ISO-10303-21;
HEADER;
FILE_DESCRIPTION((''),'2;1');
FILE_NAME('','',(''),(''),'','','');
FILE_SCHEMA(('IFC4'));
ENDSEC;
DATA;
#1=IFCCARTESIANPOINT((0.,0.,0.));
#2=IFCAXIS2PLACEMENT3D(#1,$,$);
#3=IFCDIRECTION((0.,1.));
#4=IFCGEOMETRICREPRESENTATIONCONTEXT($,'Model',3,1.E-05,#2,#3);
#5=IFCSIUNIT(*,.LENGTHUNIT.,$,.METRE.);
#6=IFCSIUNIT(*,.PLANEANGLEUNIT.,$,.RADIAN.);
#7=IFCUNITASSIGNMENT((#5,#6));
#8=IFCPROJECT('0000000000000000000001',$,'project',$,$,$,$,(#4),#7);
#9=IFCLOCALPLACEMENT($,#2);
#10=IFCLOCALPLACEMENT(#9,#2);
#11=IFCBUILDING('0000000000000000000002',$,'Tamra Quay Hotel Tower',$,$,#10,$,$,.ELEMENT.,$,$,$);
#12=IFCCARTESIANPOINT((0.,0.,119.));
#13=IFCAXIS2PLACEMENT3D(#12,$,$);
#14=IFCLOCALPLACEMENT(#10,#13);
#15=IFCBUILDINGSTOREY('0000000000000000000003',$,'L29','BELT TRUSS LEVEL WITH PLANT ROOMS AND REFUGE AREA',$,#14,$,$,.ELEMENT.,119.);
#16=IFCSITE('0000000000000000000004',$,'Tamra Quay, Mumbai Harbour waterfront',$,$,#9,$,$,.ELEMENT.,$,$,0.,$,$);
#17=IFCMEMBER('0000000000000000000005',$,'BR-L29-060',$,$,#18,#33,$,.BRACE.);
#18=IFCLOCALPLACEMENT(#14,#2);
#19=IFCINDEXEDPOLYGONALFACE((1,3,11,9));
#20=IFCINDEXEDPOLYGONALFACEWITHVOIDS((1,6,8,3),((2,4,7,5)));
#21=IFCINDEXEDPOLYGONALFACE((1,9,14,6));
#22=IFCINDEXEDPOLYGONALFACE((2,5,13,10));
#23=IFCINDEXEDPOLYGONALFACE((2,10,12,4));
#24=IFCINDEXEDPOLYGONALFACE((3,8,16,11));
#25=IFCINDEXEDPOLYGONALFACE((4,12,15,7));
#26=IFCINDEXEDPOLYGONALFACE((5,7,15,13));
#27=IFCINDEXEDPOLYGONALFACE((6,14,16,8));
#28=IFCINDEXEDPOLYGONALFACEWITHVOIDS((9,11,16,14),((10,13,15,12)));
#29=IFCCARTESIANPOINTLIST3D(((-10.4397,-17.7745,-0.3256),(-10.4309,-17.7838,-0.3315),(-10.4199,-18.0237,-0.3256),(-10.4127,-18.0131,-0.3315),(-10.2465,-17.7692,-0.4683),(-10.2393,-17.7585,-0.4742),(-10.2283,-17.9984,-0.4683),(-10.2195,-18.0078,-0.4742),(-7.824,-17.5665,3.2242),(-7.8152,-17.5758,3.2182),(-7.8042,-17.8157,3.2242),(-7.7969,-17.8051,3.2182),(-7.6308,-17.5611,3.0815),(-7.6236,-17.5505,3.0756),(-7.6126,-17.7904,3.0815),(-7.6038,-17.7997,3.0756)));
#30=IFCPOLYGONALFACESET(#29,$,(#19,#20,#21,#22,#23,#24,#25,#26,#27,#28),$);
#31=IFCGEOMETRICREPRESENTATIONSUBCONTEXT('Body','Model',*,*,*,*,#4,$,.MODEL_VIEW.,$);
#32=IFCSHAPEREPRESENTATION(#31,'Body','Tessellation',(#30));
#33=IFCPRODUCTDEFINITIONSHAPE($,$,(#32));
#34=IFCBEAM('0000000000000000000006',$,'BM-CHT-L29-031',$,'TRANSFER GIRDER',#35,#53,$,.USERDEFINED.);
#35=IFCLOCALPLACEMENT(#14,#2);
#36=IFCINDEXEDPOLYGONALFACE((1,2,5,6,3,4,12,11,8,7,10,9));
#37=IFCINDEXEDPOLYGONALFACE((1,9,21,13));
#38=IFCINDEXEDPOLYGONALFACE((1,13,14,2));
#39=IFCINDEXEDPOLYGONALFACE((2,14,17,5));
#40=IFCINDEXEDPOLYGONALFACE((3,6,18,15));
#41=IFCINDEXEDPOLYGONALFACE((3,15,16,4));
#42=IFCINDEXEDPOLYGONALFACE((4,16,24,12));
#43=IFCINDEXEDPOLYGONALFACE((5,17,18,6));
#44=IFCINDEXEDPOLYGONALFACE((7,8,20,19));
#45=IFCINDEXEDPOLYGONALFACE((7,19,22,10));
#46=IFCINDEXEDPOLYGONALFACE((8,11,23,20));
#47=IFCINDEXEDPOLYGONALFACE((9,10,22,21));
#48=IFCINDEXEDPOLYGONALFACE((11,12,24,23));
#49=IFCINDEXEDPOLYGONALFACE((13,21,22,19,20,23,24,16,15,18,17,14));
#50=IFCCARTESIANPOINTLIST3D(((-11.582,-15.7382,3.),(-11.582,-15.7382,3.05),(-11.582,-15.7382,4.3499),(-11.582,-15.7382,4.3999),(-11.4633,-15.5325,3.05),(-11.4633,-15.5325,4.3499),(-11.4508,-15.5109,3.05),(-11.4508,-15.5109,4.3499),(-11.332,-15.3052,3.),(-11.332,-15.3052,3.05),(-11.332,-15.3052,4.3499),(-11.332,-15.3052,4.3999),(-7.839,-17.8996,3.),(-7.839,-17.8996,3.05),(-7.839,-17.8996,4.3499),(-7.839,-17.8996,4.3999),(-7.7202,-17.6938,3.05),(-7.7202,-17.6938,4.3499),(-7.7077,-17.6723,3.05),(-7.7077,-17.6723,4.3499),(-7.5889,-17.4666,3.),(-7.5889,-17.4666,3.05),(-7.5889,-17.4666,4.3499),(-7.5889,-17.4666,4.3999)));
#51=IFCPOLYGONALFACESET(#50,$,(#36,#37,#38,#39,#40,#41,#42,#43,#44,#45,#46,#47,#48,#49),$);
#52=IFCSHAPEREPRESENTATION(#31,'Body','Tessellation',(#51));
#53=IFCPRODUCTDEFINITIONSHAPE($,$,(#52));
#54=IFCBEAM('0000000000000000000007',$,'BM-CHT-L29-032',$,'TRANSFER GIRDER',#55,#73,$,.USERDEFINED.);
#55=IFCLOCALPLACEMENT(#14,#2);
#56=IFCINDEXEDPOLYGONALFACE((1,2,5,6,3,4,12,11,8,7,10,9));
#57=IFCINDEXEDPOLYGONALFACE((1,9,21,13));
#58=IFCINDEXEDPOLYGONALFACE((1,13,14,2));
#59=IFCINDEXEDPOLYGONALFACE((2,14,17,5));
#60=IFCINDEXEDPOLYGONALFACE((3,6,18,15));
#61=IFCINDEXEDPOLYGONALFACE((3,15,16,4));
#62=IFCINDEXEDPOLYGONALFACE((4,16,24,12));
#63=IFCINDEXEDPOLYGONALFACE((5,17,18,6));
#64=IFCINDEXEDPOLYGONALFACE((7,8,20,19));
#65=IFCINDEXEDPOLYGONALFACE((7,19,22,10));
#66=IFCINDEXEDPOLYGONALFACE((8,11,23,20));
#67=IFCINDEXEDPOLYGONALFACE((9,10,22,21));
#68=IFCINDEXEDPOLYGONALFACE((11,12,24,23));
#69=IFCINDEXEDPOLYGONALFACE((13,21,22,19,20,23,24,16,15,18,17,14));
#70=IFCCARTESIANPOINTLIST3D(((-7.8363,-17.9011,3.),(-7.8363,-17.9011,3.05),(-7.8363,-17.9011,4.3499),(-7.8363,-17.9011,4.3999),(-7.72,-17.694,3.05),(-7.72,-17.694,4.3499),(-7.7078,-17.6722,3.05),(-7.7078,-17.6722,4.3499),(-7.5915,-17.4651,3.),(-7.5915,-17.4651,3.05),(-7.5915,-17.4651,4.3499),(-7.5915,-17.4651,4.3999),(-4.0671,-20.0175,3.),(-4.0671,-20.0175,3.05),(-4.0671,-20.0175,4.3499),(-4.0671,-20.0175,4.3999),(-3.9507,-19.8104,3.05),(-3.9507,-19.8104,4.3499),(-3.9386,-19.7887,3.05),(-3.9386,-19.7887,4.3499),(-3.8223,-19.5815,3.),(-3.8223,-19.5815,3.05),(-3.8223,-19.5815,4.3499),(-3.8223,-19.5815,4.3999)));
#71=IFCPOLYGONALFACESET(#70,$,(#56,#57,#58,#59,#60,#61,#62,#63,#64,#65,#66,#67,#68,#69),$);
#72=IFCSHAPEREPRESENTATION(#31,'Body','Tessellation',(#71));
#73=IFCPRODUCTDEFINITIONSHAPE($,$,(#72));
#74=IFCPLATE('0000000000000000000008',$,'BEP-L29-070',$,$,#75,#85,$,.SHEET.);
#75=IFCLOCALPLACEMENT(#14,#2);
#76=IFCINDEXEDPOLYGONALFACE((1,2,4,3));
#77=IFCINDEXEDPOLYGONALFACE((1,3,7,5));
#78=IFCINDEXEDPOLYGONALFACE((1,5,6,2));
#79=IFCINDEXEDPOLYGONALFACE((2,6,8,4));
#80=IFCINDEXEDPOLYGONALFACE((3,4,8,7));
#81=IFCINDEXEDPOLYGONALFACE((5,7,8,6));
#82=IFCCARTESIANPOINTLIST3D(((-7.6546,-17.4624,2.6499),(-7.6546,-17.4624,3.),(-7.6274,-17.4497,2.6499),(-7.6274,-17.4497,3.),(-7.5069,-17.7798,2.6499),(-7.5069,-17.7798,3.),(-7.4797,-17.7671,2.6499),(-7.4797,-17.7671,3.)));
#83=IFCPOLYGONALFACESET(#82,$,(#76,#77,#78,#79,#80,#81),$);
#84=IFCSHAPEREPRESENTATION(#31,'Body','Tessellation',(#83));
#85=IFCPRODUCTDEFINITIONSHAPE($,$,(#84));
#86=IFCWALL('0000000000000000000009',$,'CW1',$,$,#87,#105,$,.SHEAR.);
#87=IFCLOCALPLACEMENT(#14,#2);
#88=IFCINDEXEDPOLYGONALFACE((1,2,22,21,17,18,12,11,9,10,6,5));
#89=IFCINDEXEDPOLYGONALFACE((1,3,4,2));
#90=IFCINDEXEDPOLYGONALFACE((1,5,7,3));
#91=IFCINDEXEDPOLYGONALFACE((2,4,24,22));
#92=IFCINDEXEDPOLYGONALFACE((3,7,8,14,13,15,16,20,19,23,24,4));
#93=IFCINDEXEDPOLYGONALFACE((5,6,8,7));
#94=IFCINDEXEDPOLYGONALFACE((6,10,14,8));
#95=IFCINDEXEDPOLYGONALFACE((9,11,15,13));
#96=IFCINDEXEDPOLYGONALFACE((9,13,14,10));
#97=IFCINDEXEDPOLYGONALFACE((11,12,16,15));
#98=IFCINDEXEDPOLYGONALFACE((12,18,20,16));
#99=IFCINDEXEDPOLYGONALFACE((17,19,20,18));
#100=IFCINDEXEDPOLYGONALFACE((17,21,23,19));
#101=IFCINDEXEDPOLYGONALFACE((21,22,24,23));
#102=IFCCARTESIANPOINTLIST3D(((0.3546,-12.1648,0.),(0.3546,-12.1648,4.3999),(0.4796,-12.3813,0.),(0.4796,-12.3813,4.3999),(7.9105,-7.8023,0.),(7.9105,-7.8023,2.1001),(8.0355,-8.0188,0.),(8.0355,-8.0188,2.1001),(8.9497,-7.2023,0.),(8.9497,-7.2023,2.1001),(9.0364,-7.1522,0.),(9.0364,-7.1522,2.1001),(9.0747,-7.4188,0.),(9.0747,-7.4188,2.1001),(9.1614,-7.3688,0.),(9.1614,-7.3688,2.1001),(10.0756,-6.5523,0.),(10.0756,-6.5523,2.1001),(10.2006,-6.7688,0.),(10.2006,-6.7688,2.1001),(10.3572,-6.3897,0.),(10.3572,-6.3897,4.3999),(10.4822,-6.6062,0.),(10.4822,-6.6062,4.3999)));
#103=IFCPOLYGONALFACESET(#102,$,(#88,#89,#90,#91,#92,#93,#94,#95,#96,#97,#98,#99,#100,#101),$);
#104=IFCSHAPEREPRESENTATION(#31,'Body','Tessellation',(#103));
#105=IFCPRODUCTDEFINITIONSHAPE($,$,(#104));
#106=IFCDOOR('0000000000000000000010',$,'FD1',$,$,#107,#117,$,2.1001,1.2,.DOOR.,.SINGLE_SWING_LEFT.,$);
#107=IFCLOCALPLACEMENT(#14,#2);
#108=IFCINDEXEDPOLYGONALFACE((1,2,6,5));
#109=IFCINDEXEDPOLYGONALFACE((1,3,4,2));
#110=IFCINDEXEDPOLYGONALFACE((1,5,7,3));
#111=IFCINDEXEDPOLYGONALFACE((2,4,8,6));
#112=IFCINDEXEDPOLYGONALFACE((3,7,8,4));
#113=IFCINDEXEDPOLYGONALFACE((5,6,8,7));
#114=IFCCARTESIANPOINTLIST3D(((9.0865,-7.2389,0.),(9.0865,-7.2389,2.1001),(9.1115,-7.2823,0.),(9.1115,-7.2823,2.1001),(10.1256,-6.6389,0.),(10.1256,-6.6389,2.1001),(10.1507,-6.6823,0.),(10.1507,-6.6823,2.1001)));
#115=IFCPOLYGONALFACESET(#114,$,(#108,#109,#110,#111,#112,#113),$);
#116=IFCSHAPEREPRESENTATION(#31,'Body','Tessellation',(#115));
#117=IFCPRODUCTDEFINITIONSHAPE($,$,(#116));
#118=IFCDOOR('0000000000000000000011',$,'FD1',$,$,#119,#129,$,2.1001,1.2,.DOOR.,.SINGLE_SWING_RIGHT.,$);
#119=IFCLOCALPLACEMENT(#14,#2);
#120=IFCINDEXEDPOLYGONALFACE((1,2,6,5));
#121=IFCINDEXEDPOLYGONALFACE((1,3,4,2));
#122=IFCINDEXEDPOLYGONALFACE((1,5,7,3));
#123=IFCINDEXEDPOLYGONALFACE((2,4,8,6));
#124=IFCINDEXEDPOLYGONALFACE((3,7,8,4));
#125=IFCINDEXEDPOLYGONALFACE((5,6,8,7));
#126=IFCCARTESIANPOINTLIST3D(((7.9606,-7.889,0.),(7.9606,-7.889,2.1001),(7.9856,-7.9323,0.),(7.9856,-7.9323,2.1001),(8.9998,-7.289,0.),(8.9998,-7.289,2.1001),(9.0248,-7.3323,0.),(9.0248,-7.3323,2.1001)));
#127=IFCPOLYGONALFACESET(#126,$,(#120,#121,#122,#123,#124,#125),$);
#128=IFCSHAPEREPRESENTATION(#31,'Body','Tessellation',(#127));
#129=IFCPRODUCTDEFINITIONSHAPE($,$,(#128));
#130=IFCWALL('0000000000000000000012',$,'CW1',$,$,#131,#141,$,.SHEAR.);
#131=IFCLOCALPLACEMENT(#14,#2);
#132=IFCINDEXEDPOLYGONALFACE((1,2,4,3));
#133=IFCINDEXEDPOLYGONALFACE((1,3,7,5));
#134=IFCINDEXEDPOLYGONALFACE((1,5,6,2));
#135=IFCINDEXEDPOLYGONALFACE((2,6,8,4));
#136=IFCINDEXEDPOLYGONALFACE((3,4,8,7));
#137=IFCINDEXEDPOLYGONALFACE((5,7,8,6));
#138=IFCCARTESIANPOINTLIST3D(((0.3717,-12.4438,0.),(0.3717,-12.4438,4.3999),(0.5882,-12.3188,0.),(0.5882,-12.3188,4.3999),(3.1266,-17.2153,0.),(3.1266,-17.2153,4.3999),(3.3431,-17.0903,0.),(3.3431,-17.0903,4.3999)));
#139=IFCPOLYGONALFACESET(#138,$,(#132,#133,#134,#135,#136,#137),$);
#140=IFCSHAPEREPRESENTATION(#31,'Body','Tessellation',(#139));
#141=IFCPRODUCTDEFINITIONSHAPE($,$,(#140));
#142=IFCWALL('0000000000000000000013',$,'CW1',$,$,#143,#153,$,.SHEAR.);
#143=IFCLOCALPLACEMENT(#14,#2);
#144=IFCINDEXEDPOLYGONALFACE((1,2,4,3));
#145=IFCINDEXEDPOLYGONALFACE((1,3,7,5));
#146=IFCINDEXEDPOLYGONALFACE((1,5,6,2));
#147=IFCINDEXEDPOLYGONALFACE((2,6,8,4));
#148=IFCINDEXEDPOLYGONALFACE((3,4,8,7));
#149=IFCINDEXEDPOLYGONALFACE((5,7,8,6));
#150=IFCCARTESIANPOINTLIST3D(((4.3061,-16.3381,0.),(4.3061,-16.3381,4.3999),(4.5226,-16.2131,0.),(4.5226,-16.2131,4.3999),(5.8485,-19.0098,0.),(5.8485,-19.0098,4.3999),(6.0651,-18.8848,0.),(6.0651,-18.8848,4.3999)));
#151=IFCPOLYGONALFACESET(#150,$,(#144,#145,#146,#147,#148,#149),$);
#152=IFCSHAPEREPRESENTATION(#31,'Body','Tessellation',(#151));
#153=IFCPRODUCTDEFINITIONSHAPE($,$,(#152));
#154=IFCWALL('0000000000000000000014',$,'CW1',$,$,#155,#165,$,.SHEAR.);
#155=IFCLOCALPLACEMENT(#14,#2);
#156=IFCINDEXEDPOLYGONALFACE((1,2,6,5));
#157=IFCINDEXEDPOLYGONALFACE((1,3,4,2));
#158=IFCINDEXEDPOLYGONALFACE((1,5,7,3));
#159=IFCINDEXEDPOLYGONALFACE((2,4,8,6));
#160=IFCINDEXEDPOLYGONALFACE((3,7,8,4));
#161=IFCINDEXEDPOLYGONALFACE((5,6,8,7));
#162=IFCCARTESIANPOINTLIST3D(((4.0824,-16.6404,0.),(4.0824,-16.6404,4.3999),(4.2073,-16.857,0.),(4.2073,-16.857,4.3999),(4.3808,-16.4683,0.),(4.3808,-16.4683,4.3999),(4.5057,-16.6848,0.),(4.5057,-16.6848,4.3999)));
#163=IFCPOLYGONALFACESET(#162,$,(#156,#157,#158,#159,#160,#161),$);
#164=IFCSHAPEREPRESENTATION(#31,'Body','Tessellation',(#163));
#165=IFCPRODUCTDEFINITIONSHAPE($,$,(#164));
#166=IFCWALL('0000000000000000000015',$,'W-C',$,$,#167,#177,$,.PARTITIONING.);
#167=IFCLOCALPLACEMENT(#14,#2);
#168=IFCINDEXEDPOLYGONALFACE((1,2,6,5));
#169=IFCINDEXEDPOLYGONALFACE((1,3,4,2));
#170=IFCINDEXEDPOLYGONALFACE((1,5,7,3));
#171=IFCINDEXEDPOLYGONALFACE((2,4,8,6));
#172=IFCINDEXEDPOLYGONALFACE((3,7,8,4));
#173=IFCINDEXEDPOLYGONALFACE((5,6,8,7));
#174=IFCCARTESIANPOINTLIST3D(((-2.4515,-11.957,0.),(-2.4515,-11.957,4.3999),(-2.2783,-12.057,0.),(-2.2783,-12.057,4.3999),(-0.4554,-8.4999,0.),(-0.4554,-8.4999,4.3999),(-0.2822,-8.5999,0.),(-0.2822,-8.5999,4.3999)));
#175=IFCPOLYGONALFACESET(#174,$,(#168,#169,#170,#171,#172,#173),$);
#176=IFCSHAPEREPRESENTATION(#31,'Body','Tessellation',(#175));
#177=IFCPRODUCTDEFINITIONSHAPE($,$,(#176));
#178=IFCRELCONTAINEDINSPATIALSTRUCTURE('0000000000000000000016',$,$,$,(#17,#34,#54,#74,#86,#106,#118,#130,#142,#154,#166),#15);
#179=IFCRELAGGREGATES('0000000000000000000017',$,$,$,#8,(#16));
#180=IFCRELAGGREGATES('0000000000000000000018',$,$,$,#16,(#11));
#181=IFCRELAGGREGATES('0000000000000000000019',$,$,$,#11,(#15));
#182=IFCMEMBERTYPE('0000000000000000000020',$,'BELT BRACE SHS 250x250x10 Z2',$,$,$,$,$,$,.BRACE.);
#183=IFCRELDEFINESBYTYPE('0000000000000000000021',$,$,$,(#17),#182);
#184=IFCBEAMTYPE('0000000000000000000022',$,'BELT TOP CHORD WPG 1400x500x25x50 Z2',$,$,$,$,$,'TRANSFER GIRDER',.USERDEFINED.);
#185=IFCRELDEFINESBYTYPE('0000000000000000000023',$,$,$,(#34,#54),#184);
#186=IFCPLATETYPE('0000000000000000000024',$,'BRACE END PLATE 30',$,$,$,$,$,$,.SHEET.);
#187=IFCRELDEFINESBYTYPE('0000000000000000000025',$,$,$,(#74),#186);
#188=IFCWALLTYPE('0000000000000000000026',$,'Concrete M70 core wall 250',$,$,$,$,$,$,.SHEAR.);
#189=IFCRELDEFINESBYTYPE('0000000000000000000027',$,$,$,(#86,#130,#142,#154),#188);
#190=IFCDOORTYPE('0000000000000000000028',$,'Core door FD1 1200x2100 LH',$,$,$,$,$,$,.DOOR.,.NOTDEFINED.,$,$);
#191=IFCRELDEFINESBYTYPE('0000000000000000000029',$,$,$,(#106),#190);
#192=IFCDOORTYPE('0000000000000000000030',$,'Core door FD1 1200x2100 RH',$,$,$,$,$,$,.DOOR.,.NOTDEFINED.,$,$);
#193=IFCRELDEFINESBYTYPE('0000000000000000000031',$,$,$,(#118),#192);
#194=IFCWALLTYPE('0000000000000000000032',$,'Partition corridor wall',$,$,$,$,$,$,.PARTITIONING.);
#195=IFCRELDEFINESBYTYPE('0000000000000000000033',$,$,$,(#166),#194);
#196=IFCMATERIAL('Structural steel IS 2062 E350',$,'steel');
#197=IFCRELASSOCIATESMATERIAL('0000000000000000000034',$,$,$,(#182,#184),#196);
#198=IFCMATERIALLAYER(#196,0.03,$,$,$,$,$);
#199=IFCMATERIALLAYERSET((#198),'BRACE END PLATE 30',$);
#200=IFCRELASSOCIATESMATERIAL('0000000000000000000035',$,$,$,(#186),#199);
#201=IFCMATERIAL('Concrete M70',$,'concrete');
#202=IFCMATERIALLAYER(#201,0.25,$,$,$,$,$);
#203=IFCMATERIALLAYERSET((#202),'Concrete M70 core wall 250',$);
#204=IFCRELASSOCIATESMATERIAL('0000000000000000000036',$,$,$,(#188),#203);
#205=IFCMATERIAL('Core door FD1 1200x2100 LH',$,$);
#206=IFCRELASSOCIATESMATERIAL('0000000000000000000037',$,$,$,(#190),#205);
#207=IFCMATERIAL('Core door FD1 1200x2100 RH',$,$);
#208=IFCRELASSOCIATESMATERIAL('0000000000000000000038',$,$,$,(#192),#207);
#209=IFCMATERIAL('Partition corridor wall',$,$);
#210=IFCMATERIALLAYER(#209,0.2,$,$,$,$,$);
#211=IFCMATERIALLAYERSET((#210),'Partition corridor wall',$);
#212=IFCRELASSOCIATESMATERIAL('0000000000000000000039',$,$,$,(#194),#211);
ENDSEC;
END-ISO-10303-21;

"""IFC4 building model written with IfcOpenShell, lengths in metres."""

from ifc_helpers import new_model, si_unit, direction, frame, frame_2d, origin, origin_2d, place, context, subcontext, project, spatial, rectangle, hollow_rectangle, i_section, extrude, material, layer, layer_set, material_profile, profile_set, type_object, element, fill, save


model = new_model("IFC4")

# Units and contexts
model_context = context("Model", 3, precision=1e-05, world=origin(), true_north=direction((0.0, 1.0)))
body_context = subcontext(model_context, "Body", "Model", "MODEL_VIEW")
ifc_project = project(units=[si_unit("LENGTHUNIT", "METRE"), si_unit("PLANEANGLEUNIT", "RADIAN")], contexts=[model_context])

# Site, building, storey
site_placement = place(None, origin())
site = spatial("IfcSite", under=ifc_project, at=site_placement, Name="Tamra Quay, Mumbai Harbour waterfront", CompositionType="ELEMENT", RefElevation=0.0)
building_placement = place(site_placement, origin())
building = spatial("IfcBuilding", under=site, at=building_placement, Name="Tamra Quay Hotel Tower", CompositionType="ELEMENT")
storey_placement = place(building_placement, frame((0.0, 0.0, 119.0)))
storey = spatial("IfcBuildingStorey", under=building, at=storey_placement, Name="L29", Description="BELT TRUSS LEVEL WITH PLANT ROOMS AND REFUGE AREA", CompositionType="ELEMENT", Elevation=119.0)

# Member
ifc_material_1 = material(Name="Structural steel IS 2062 E350", Category="steel")
ifc_material_profile_1 = material_profile(ifc_material_1, hollow_rectangle(XDim=0.25, YDim=0.25, WallThickness=0.01, at=origin_2d()), Name="SHS 250x250x10")
ifc_profile_set_1 = profile_set([ifc_material_profile_1], Name="Structural steel IS 2062 E350")
member_type = type_object("IfcMemberType", Name="BELT BRACE SHS 250x250x10 Z2", PredefinedType="BRACE", material=ifc_profile_set_1)
member_placement = place(storey_placement, frame((-10.3296, -17.8911, -0.3999), z_axis=(0.592551, 0.047121, 0.804153), x_axis=(-0.079272, 0.996853, 0.0)))
element("IfcMember", 1, at=member_placement, inside=storey, type_object=member_type, Name="BR-L29-060", PredefinedType="BRACE", context=body_context, shape_type="SweptSolid", body=[
    extrude(hollow_rectangle(XDim=0.25, YDim=0.25, WallThickness=0.01, at=origin_2d()), origin(), (0.0, 0.0, 1.0), 4.4143),
])

# Beams
ifc_material_profile_2 = material_profile(ifc_material_1, i_section(OverallWidth=0.5, OverallDepth=1.3999, WebThickness=0.0249, FlangeThickness=0.05, at=origin_2d()), Name="WPG 1400x500x25x50")
ifc_profile_set_2 = profile_set([ifc_material_profile_2], Name="Structural steel IS 2062 E350")
beam_type = type_object("IfcBeamType", Name="BELT TOP CHORD WPG 1400x500x25x50 Z2", ElementType="TRANSFER GIRDER", PredefinedType="USERDEFINED", material=ifc_profile_set_2)
beam_1_placement = place(storey_placement, frame((-11.457, -15.5217, 3.7), z_axis=(0.865999, -0.500045, 0.0), x_axis=(0.500045, 0.865999, 0.0)))
element("IfcBeam", 2, at=beam_1_placement, inside=storey, type_object=beam_type, Name="BM-CHT-L29-031", ObjectType="TRANSFER GIRDER", PredefinedType="USERDEFINED", context=body_context, shape_type="SweptSolid", body=[
    extrude(i_section(OverallWidth=0.5, OverallDepth=1.3999, WebThickness=0.0249, FlangeThickness=0.05, at=origin_2d()), origin(), (0.0, 0.0, 1.0), 4.3223),
])
beam_2_placement = place(storey_placement, frame((-7.7139, -17.6831, 3.7), z_axis=(0.871948, -0.489599, 0.0), x_axis=(0.489599, 0.871948, 0.0)))
element("IfcBeam", 3, at=beam_2_placement, inside=storey, type_object=beam_type, Name="BM-CHT-L29-032", ObjectType="TRANSFER GIRDER", PredefinedType="USERDEFINED", context=body_context, shape_type="SweptSolid", body=[
    extrude(i_section(OverallWidth=0.5, OverallDepth=1.3999, WebThickness=0.0249, FlangeThickness=0.05, at=origin_2d()), origin(), (0.0, 0.0, 1.0), 4.3228),
])

# Plate
ifc_layer_1 = layer(ifc_material_1, 0.03)
ifc_layer_set_1 = layer_set([ifc_layer_1], Name="BRACE END PLATE 30")
plate_type = type_object("IfcPlateType", Name="BRACE END PLATE 30", PredefinedType="SHEET", material=ifc_layer_set_1)
plate_placement = place(storey_placement, frame((-7.5671, -17.6147, 2.6499), z_axis=(0.0, 0.0, 1.0), x_axis=(0.906641, 0.421903, 0.0)))
element("IfcPlate", 4, at=plate_placement, inside=storey, type_object=plate_type, Name="BEP-L29-070", PredefinedType="SHEET", context=body_context, shape_type="SweptSolid", body=[
    extrude(rectangle(XDim=0.03, YDim=0.3501, at=origin_2d()), origin(), (0.0, 0.0, 1.0), 0.3501),
])

# Wall, openings, doors
ifc_material_2 = material(Name="Concrete M70", Category="concrete")
ifc_layer_2 = layer(ifc_material_2, 0.25)
ifc_layer_set_2 = layer_set([ifc_layer_2], Name="Concrete M70 core wall 250")
wall_type_1 = type_object("IfcWallType", Name="Concrete M70 core wall 250", PredefinedType="SHEAR", material=ifc_layer_set_2)
wall_1_placement = place(storey_placement, frame((0.4172, -12.2729, 0.0), z_axis=(0.0, 0.0, 1.0), x_axis=(0.866022, 0.500006, 0.0)))
wall_1 = element("IfcWall", 5, at=wall_1_placement, inside=storey, type_object=wall_type_1, Name="CW1", PredefinedType="SHEAR", context=body_context, shape_type="SweptSolid", body=[
    extrude(rectangle(XDim=11.55, YDim=0.25, at=frame_2d((5.7749, 0.0))), origin(), (0.0, 0.0, 1.0), 4.3999),
])
opening_1_placement = place(wall_1_placement, frame((10.0247, 0.0, 0.0)))
opening_1 = element("IfcOpeningElement", 6, at=opening_1_placement, cuts=wall_1, PredefinedType="OPENING", context=body_context, shape_type="SweptSolid", body=[
    extrude(rectangle(XDim=1.2, YDim=2.1001, at=frame_2d((0.6001, 1.05))), frame((0.0, 0.135, 0.0), z_axis=(0.0, -1.0, 0.0), x_axis=(1.0, 0.0, 0.0)), (0.0, 0.0, 1.0), 0.27),
])
opening_2_placement = place(wall_1_placement, frame((8.7246, 0.0, 0.0)))
opening_2 = element("IfcOpeningElement", 7, at=opening_2_placement, cuts=wall_1, PredefinedType="OPENING", context=body_context, shape_type="SweptSolid", body=[
    extrude(rectangle(XDim=1.2, YDim=2.1001, at=frame_2d((0.6001, 1.05))), frame((0.0, 0.135, 0.0), z_axis=(0.0, -1.0, 0.0), x_axis=(1.0, 0.0, 0.0)), (0.0, 0.0, 1.0), 0.27),
])
ifc_material_3 = material(Name="Core door FD1 1200x2100 LH")
door_type_1 = type_object("IfcDoorType", Name="Core door FD1 1200x2100 LH", OperationType="NOTDEFINED", PredefinedType="DOOR", material=ifc_material_3)
door_1_placement = place(opening_1_placement, origin())
door_1 = element("IfcDoor", 8, at=door_1_placement, inside=storey, type_object=door_type_1, Name="FD1", OperationType="SINGLE_SWING_LEFT", OverallHeight=2.1001, OverallWidth=1.2, PredefinedType="DOOR", context=body_context, shape_type="SweptSolid", body=[
    extrude(rectangle(XDim=1.2, YDim=2.1001, at=frame_2d((0.6001, 1.05))), frame((0.0, 0.0249, 0.0), z_axis=(0.0, -1.0, 0.0), x_axis=(1.0, 0.0, 0.0)), (0.0, 0.0, 1.0), 0.05),
])
fill(opening_1, door_1)
ifc_material_4 = material(Name="Core door FD1 1200x2100 RH")
door_type_2 = type_object("IfcDoorType", Name="Core door FD1 1200x2100 RH", OperationType="NOTDEFINED", PredefinedType="DOOR", material=ifc_material_4)
door_2_placement = place(opening_2_placement, origin())
door_2 = element("IfcDoor", 9, at=door_2_placement, inside=storey, type_object=door_type_2, Name="FD1", OperationType="SINGLE_SWING_RIGHT", OverallHeight=2.1001, OverallWidth=1.2, PredefinedType="DOOR", context=body_context, shape_type="SweptSolid", body=[
    extrude(rectangle(XDim=1.2, YDim=2.1001, at=frame_2d((0.6001, 1.05))), frame((0.0, 0.0249, 0.0), z_axis=(0.0, -1.0, 0.0), x_axis=(1.0, 0.0, 0.0)), (0.0, 0.0, 1.0), 0.05),
])
fill(opening_2, door_2)

# Walls
wall_2_placement = place(storey_placement, frame((3.2349, -17.1528, 0.0), z_axis=(0.0, 0.0, 1.0), x_axis=(-0.500009, 0.86602, 0.0)))
element("IfcWall", 10, at=wall_2_placement, inside=storey, type_object=wall_type_1, Name="CW1", PredefinedType="SHEAR", context=body_context, shape_type="SweptSolid", body=[
    extrude(rectangle(XDim=5.5098, YDim=0.25, at=frame_2d((2.7549, 0.0))), origin(), (0.0, 0.0, 1.0), 4.3999),
])
wall_3_placement = place(storey_placement, frame((4.4143, -16.2756, 0.0), z_axis=(0.0, 0.0, 1.0), x_axis=(0.500003, -0.866023, 0.0)))
element("IfcWall", 11, at=wall_3_placement, inside=storey, type_object=wall_type_1, Name="CW1", PredefinedType="SHEAR", context=body_context, shape_type="SweptSolid", body=[
    extrude(rectangle(XDim=3.085, YDim=0.25, at=frame_2d((1.5425, 0.0))), origin(), (0.0, 0.0, 1.0), 4.3999),
])
wall_4_placement = place(storey_placement, frame((4.1448, -16.7488, 0.0), z_axis=(0.0, 0.0, 1.0), x_axis=(0.866186, 0.499722, 0.0)))
element("IfcWall", 12, at=wall_4_placement, inside=storey, type_object=wall_type_1, Name="CW1", PredefinedType="SHEAR", context=body_context, shape_type="SweptSolid", body=[
    extrude(rectangle(XDim=0.3445, YDim=0.25, at=frame_2d((0.1724, 0.0))), origin(), (0.0, 0.0, 1.0), 4.3999),
])
ifc_material_5 = material(Name="Partition corridor wall")
ifc_layer_3 = layer(ifc_material_5, 0.2)
ifc_layer_set_3 = layer_set([ifc_layer_3], Name="Partition corridor wall")
wall_type_2 = type_object("IfcWallType", Name="Partition corridor wall", PredefinedType="PARTITIONING", material=ifc_layer_set_3)
wall_5_placement = place(storey_placement, frame((-2.365, -12.0071, 0.0), z_axis=(0.0, 0.0, 1.0), x_axis=(0.500033, 0.866006, 0.0)))
element("IfcWall", 13, at=wall_5_placement, inside=storey, type_object=wall_type_2, Name="W-C", PredefinedType="PARTITIONING", context=body_context, shape_type="SweptSolid", body=[
    extrude(rectangle(XDim=3.9919, YDim=0.2, at=frame_2d((1.9961, 0.0))), origin(), (0.0, 0.0, 1.0), 4.3999),
])

save(model, "model.ifc")
